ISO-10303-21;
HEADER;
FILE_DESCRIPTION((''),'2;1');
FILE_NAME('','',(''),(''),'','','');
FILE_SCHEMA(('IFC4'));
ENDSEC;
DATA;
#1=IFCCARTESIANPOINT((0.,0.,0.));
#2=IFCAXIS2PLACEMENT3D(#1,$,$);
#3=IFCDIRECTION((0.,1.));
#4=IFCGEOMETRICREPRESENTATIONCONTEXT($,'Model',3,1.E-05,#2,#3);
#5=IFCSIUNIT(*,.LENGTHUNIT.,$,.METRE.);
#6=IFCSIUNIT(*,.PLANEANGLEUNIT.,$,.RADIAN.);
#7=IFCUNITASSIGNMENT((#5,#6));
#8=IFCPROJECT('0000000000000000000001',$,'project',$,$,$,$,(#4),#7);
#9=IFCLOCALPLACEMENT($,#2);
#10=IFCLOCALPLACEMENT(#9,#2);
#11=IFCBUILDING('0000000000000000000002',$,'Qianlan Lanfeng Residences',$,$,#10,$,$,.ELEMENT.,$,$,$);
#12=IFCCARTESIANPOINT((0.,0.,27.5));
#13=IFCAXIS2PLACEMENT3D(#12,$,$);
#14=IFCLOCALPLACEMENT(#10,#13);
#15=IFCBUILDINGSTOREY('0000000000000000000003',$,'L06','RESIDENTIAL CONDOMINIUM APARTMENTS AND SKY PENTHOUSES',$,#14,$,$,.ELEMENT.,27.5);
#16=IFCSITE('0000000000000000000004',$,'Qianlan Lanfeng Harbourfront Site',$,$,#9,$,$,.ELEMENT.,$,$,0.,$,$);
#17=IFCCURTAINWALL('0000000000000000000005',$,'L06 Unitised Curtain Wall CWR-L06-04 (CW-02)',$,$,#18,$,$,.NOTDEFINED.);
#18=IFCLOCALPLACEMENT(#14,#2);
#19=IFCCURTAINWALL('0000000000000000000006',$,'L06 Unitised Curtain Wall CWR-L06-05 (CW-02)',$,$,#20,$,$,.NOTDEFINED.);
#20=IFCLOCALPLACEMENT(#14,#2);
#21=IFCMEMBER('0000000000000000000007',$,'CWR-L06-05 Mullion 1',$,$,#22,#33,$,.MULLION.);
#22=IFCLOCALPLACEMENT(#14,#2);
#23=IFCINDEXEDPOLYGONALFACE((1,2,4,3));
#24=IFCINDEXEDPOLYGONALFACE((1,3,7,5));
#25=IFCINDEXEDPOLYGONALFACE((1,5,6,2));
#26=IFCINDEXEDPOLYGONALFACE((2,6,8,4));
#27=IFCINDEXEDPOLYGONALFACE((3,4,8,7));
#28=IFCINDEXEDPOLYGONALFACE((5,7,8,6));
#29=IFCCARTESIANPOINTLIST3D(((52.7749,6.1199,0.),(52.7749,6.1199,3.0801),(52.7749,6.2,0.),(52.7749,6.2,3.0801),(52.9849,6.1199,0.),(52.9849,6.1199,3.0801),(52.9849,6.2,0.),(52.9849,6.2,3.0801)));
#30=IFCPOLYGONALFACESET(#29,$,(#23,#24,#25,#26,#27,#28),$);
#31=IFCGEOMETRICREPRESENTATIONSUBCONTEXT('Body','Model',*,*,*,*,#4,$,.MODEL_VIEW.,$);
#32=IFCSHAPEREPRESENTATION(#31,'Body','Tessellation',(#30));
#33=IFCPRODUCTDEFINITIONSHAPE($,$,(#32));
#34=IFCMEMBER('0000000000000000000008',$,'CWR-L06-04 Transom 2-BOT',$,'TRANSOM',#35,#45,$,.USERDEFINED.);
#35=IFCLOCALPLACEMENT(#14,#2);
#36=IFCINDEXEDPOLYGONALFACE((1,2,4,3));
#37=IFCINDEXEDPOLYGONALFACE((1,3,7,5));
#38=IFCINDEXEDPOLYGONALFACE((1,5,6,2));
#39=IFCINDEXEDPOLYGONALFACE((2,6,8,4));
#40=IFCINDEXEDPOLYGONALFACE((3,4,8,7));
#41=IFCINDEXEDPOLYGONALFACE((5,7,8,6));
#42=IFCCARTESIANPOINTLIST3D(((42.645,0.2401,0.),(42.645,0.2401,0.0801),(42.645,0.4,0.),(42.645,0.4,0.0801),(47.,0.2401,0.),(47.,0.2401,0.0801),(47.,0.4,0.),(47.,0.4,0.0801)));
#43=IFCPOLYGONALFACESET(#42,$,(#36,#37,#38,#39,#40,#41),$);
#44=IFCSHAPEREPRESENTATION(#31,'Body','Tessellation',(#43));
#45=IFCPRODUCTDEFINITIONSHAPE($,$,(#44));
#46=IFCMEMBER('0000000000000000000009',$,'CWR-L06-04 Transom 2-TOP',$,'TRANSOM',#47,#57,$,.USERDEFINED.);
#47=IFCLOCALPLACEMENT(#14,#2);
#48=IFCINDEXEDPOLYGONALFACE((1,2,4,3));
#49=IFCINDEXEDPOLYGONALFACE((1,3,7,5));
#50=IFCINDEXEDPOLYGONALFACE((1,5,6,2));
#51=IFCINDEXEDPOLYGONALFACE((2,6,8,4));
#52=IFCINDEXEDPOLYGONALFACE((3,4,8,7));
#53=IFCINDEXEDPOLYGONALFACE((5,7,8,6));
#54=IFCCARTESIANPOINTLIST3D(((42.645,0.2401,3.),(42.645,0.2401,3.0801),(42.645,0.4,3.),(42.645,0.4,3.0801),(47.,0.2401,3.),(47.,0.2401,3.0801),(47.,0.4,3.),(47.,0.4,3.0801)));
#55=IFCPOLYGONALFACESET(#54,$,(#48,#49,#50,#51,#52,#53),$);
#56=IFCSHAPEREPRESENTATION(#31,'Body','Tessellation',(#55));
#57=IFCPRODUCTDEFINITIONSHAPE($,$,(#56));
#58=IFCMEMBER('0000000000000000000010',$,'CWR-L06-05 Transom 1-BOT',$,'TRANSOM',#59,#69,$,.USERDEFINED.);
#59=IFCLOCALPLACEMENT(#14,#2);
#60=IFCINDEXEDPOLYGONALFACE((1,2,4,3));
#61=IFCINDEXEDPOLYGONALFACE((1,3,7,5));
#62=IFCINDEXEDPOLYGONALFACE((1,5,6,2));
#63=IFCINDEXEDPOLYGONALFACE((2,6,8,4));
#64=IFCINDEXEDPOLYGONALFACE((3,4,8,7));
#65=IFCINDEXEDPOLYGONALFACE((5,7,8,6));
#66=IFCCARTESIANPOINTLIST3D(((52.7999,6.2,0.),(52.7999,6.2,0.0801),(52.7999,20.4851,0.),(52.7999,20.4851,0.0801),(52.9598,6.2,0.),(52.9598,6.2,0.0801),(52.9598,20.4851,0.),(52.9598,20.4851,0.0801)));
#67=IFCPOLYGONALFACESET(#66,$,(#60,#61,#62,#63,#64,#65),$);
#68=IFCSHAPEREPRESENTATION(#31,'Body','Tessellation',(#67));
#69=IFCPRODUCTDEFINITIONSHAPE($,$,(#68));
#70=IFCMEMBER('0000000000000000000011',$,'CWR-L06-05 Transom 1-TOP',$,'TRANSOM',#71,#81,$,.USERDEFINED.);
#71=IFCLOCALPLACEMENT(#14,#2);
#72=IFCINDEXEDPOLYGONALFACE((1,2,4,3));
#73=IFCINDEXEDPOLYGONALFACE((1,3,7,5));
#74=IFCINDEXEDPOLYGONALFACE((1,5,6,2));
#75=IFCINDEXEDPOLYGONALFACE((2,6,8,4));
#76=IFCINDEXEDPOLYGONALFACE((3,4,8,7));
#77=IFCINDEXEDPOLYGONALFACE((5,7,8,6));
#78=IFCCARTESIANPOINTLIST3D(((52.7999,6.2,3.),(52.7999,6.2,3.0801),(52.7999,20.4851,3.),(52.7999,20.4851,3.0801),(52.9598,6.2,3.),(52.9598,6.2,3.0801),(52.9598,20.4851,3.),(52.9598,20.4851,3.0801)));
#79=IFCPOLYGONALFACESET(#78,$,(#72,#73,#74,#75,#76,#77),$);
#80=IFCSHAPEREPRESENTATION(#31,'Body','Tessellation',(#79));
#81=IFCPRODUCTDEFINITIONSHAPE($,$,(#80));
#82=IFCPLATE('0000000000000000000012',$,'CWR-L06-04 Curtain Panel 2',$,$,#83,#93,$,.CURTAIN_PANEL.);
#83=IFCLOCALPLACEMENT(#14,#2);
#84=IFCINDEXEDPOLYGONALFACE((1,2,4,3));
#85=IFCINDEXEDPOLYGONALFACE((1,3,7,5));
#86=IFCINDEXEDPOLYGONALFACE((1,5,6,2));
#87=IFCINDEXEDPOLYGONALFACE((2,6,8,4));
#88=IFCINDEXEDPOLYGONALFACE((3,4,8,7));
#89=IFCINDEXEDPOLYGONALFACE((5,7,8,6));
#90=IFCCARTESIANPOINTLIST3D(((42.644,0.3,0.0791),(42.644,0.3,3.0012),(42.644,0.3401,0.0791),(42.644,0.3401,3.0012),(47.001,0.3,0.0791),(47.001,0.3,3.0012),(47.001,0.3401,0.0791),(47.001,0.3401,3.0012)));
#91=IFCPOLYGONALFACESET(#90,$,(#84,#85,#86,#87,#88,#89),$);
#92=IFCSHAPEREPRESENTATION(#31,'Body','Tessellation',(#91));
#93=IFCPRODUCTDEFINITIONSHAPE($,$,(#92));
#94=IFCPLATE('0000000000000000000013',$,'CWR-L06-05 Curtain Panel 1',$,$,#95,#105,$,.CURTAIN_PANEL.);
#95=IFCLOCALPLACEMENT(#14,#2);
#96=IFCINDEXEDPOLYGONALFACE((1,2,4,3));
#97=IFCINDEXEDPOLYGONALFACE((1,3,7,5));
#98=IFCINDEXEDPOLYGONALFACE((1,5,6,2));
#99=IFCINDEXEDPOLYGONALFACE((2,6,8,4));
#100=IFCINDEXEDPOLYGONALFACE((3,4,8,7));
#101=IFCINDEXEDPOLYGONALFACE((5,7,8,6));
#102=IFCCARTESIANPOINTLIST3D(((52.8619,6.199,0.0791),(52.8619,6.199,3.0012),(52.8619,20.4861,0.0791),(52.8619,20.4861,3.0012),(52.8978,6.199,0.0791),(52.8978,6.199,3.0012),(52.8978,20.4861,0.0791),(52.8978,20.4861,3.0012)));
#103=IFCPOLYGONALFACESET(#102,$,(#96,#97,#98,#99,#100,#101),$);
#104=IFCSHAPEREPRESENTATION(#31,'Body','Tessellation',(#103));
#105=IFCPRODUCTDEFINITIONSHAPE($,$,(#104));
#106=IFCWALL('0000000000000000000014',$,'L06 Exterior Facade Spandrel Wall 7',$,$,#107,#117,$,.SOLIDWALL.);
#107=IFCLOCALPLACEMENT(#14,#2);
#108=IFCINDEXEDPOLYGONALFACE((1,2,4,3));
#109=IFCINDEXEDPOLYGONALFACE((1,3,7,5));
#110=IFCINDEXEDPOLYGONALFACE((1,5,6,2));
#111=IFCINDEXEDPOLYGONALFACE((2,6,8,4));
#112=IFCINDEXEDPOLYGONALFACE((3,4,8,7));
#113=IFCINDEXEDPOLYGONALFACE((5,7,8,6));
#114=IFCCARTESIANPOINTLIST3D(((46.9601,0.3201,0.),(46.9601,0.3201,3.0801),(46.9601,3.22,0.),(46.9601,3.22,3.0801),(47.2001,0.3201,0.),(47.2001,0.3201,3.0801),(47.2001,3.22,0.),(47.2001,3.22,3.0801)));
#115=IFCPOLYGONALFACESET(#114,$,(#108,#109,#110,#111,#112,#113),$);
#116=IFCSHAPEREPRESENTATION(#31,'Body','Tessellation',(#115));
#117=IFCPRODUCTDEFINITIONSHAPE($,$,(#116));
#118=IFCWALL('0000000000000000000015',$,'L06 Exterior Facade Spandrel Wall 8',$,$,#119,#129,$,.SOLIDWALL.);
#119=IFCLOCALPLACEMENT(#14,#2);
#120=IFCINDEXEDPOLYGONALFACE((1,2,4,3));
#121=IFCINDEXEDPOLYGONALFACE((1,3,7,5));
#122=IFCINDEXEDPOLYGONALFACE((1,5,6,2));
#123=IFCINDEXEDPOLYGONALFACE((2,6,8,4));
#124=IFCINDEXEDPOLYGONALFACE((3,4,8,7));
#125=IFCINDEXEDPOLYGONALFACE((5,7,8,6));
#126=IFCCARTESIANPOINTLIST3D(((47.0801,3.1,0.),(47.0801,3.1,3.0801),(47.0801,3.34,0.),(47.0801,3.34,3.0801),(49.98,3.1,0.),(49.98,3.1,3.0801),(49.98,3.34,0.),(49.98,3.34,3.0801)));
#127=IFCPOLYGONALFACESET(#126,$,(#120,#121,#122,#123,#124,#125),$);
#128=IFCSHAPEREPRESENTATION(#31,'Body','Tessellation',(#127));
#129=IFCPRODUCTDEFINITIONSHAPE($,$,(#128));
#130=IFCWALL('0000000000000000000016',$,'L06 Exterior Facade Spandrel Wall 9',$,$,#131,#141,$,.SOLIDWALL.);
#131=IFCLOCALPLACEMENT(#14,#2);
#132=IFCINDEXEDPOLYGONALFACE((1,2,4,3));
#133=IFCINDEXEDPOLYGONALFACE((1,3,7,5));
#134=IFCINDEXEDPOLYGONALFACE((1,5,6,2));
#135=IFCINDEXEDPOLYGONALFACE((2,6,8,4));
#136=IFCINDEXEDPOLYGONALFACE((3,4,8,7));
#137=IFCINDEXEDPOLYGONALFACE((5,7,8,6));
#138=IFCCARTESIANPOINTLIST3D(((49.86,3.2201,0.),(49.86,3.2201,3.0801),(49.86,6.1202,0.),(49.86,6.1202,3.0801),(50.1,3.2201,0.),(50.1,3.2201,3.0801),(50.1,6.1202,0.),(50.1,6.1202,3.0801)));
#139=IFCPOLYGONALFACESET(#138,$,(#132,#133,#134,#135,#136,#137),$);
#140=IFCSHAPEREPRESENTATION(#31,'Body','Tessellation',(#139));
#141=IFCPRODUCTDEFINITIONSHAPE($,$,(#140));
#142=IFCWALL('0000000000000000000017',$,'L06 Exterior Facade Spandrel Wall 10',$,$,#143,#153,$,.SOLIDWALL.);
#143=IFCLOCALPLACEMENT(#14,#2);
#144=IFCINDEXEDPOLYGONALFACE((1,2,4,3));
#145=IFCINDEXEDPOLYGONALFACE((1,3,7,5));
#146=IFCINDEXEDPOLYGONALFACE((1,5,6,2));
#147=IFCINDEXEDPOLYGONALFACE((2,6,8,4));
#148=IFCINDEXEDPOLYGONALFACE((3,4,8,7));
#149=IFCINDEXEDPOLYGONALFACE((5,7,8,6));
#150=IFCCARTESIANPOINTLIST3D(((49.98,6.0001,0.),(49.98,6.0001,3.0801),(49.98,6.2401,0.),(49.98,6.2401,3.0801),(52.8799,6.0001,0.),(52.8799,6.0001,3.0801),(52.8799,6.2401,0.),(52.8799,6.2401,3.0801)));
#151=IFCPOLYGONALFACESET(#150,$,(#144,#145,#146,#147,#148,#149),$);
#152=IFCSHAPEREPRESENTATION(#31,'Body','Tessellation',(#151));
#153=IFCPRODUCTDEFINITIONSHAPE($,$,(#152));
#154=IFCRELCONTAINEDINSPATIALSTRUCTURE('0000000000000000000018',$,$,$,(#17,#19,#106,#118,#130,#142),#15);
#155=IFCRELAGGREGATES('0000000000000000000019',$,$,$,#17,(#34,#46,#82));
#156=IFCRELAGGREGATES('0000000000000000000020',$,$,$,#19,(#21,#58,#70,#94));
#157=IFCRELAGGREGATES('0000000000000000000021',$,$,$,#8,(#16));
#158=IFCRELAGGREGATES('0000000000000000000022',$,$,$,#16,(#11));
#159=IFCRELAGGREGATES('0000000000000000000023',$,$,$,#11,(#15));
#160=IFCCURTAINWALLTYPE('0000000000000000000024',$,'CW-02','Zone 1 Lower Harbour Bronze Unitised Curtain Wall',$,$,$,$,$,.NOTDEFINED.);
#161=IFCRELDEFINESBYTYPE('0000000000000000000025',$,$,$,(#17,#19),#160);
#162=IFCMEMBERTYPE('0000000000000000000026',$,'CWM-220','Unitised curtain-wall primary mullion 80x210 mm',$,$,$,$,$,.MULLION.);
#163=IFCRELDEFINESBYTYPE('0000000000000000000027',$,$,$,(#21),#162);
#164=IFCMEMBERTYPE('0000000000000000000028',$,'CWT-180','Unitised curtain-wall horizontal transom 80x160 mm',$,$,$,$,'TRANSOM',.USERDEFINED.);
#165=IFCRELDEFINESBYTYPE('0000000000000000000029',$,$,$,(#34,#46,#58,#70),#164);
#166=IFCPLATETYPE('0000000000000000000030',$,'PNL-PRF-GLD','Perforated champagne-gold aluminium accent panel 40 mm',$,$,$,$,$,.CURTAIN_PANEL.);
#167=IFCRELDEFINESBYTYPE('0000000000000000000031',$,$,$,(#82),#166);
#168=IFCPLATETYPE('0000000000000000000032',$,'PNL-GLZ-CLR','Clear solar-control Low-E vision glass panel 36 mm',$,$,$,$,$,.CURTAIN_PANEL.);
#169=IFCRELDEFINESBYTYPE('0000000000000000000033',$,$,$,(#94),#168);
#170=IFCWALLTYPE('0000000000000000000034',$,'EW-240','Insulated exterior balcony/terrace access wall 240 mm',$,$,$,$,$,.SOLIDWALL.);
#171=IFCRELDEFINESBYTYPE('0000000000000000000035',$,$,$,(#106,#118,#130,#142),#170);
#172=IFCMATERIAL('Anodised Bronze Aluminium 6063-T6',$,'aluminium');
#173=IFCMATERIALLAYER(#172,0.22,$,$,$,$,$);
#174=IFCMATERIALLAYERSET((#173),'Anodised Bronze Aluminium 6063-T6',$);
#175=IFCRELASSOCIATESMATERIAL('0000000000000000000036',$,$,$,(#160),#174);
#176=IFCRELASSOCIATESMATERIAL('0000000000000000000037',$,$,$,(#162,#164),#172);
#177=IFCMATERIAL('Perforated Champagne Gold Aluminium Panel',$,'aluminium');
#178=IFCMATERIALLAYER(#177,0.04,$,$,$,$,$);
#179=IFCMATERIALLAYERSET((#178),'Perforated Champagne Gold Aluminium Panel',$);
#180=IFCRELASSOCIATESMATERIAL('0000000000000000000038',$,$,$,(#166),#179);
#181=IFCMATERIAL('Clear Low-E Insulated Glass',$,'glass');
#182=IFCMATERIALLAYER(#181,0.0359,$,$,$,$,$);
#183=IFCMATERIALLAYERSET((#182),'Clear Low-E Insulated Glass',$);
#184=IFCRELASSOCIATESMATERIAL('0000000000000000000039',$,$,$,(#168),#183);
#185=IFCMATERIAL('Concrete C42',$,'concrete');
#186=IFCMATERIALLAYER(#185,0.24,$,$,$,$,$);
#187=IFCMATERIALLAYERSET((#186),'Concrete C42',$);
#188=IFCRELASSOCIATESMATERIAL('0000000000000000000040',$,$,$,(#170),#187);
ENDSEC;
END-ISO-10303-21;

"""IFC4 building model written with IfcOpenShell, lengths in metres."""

from ifc_helpers import new_model, si_unit, direction, frame, frame_2d, origin, origin_2d, place, context, subcontext, project, spatial, rectangle, extrude, source, transform, mapped, material, layer, layer_set, material_profile, profile_set, type_object, element, aggregate, save


model = new_model("IFC4")

# Units and contexts
model_context = context("Model", 3, precision=1e-05, world=origin(), true_north=direction((0.0, 1.0)))
body_context = subcontext(model_context, "Body", "Model", "MODEL_VIEW")
ifc_project = project(units=[si_unit("LENGTHUNIT", "METRE"), si_unit("PLANEANGLEUNIT", "RADIAN")], contexts=[model_context])

# Site, building, storey
site_placement = place(None, origin())
site = spatial("IfcSite", under=ifc_project, at=site_placement, Name="Qianlan Lanfeng Harbourfront Site", CompositionType="ELEMENT", RefElevation=0.0)
building_placement = place(site_placement, origin())
building = spatial("IfcBuilding", under=site, at=building_placement, Name="Qianlan Lanfeng Residences", CompositionType="ELEMENT")
storey_placement = place(building_placement, frame((0.0, 0.0, 27.5)))
storey = spatial("IfcBuildingStorey", under=building, at=storey_placement, Name="L06", Description="RESIDENTIAL CONDOMINIUM APARTMENTS AND SKY PENTHOUSES", CompositionType="ELEMENT", Elevation=27.5)

# Curtain wall
ifc_material_1 = material(Name="Anodised Bronze Aluminium 6063-T6", Category="aluminium")
ifc_layer_1 = layer(ifc_material_1, 0.22)
ifc_layer_set_1 = layer_set([ifc_layer_1], Name="Anodised Bronze Aluminium 6063-T6")
curtain_wall_type = type_object("IfcCurtainWallType", Name="CW-02", Description="Zone 1 Lower Harbour Bronze Unitised Curtain Wall", PredefinedType="NOTDEFINED", material=ifc_layer_set_1)
curtain_wall_1_placement = place(storey_placement, origin())
curtain_wall_1 = element("IfcCurtainWall", 1, at=curtain_wall_1_placement, inside=storey, type_object=curtain_wall_type, Name="L06 Unitised Curtain Wall CWR-L06-04 (CW-02)", PredefinedType="NOTDEFINED")
ifc_material_profile_1 = material_profile(ifc_material_1, rectangle(XDim=0.0801, YDim=0.21, at=origin_2d()), Name="ALU MULLION 80x210")
ifc_profile_set_1 = profile_set([ifc_material_profile_1], Name="Anodised Bronze Aluminium 6063-T6")
member_type_1 = type_object("IfcMemberType", Name="CWM-220", Description="Unitised curtain-wall primary mullion 80x210 mm", PredefinedType="MULLION", material=ifc_profile_set_1)
shared_shape_1 = source(origin(), body_context, "Body", "SweptSolid", [
    extrude(rectangle(XDim=0.0801, YDim=0.21, at=origin_2d()), origin(), (0.0, 0.0, 1.0), 3.0801),
])

# Curtain wall, member
curtain_wall_2_placement = place(storey_placement, origin())
curtain_wall_2 = element("IfcCurtainWall", 2, at=curtain_wall_2_placement, inside=storey, type_object=curtain_wall_type, Name="L06 Unitised Curtain Wall CWR-L06-05 (CW-02)", PredefinedType="NOTDEFINED")
member_1_placement = place(storey_placement, frame((52.8799, 6.1599, 0.0), z_axis=(0.0, 0.0, 1.0), x_axis=(0.0, 1.0, 0.0)))
member_1 = element("IfcMember", 3, at=member_1_placement, type_object=member_type_1, Name="CWR-L06-05 Mullion 1", PredefinedType="MULLION", context=body_context, shape_type="MappedRepresentation", body=[
    mapped(shared_shape_1, transform((0.0, 0.0, 0.0), scale=1.0)),
])

# Members
ifc_material_profile_2 = material_profile(ifc_material_1, rectangle(XDim=0.0801, YDim=0.1599, at=origin_2d()), Name="ALU TRANSOM 80x160")
ifc_profile_set_2 = profile_set([ifc_material_profile_2], Name="Anodised Bronze Aluminium 6063-T6")
member_type_2 = type_object("IfcMemberType", Name="CWT-180", Description="Unitised curtain-wall horizontal transom 80x160 mm", ElementType="TRANSOM", PredefinedType="USERDEFINED", material=ifc_profile_set_2)
shared_shape_2 = source(origin(), body_context, "Body", "SweptSolid", [
    extrude(rectangle(XDim=0.0801, YDim=0.1599, at=origin_2d()), origin(), (0.0, 0.0, 1.0), 4.355),
])
member_2_placement = place(storey_placement, frame((42.645, 0.3201, 0.04), z_axis=(1.0, 0.0, 0.0), x_axis=(0.0, 0.0, 1.0)))
member_2 = element("IfcMember", 4, at=member_2_placement, type_object=member_type_2, Name="CWR-L06-04 Transom 2-BOT", ObjectType="TRANSOM", PredefinedType="USERDEFINED", context=body_context, shape_type="MappedRepresentation", body=[
    mapped(shared_shape_2, transform((0.0, 0.0, 0.0), scale=1.0)),
])
member_3_placement = place(storey_placement, frame((42.645, 0.3201, 3.04), z_axis=(1.0, 0.0, 0.0), x_axis=(0.0, 0.0, 1.0)))
member_3 = element("IfcMember", 5, at=member_3_placement, type_object=member_type_2, Name="CWR-L06-04 Transom 2-TOP", ObjectType="TRANSOM", PredefinedType="USERDEFINED", context=body_context, shape_type="MappedRepresentation", body=[
    mapped(shared_shape_2, transform((0.0, 0.0, 0.0), scale=1.0)),
])
shared_shape_3 = source(origin(), body_context, "Body", "SweptSolid", [
    extrude(rectangle(XDim=0.0801, YDim=0.1599, at=origin_2d()), origin(), (0.0, 0.0, 1.0), 14.2852),
])
member_4_placement = place(storey_placement, frame((52.8799, 6.2, 0.04), z_axis=(0.0, 1.0, 0.0), x_axis=(0.0, 0.0, 1.0)))
member_4 = element("IfcMember", 6, at=member_4_placement, type_object=member_type_2, Name="CWR-L06-05 Transom 1-BOT", ObjectType="TRANSOM", PredefinedType="USERDEFINED", context=body_context, shape_type="MappedRepresentation", body=[
    mapped(shared_shape_3, transform((0.0, 0.0, 0.0), scale=1.0)),
])
member_5_placement = place(storey_placement, frame((52.8799, 6.2, 3.04), z_axis=(0.0, 1.0, 0.0), x_axis=(0.0, 0.0, 1.0)))
member_5 = element("IfcMember", 7, at=member_5_placement, type_object=member_type_2, Name="CWR-L06-05 Transom 1-TOP", ObjectType="TRANSOM", PredefinedType="USERDEFINED", context=body_context, shape_type="MappedRepresentation", body=[
    mapped(shared_shape_3, transform((0.0, 0.0, 0.0), scale=1.0)),
])

# Plates
ifc_material_2 = material(Name="Perforated Champagne Gold Aluminium Panel", Category="aluminium")
ifc_layer_2 = layer(ifc_material_2, 0.04)
ifc_layer_set_2 = layer_set([ifc_layer_2], Name="Perforated Champagne Gold Aluminium Panel")
plate_type_1 = type_object("IfcPlateType", Name="PNL-PRF-GLD", Description="Perforated champagne-gold aluminium accent panel 40 mm", PredefinedType="CURTAIN_PANEL", material=ifc_layer_set_2)
shared_shape_4 = source(origin(), body_context, "Body", "SweptSolid", [
    extrude(rectangle(XDim=4.3569, YDim=0.04, at=origin_2d()), origin(), (0.0, 0.0, 1.0), 2.9221),
])
plate_1_placement = place(storey_placement, frame((44.8225, 0.3201, 0.0791), z_axis=(0.0, 0.0, 1.0), x_axis=(1.0, 0.0, 0.0)))
plate_1 = element("IfcPlate", 8, at=plate_1_placement, type_object=plate_type_1, Name="CWR-L06-04 Curtain Panel 2", PredefinedType="CURTAIN_PANEL", context=body_context, shape_type="MappedRepresentation", body=[
    mapped(shared_shape_4, transform((0.0, 0.0, 0.0), scale=1.0)),
])
aggregate(curtain_wall_1, [member_2, member_3, plate_1])
ifc_material_3 = material(Name="Clear Low-E Insulated Glass", Category="glass")
ifc_layer_3 = layer(ifc_material_3, 0.0359)
ifc_layer_set_3 = layer_set([ifc_layer_3], Name="Clear Low-E Insulated Glass")
plate_type_2 = type_object("IfcPlateType", Name="PNL-GLZ-CLR", Description="Clear solar-control Low-E vision glass panel 36 mm", PredefinedType="CURTAIN_PANEL", material=ifc_layer_set_3)
shared_shape_5 = source(origin(), body_context, "Body", "SweptSolid", [
    extrude(rectangle(XDim=14.2871, YDim=0.0359, at=origin_2d()), origin(), (0.0, 0.0, 1.0), 2.9221),
])
plate_2_placement = place(storey_placement, frame((52.8799, 13.3425, 0.0791), z_axis=(0.0, 0.0, 1.0), x_axis=(0.0, 1.0, 0.0)))
plate_2 = element("IfcPlate", 9, at=plate_2_placement, type_object=plate_type_2, Name="CWR-L06-05 Curtain Panel 1", PredefinedType="CURTAIN_PANEL", context=body_context, shape_type="MappedRepresentation", body=[
    mapped(shared_shape_5, transform((0.0, 0.0, 0.0), scale=1.0)),
])
aggregate(curtain_wall_2, [member_1, member_4, member_5, plate_2])

# Walls
ifc_material_4 = material(Name="Concrete C42", Category="concrete")
ifc_layer_4 = layer(ifc_material_4, 0.24)
ifc_layer_set_4 = layer_set([ifc_layer_4], Name="Concrete C42")
wall_type = type_object("IfcWallType", Name="EW-240", Description="Insulated exterior balcony/terrace access wall 240 mm", PredefinedType="SOLIDWALL", material=ifc_layer_set_4)
for number, where, z_axis, x_axis, name in (
    (10, (47.0801, 0.3201, 0.0), (0.0, 0.0, 1.0), (0.0, 1.0, 0.0), "L06 Exterior Facade Spandrel Wall 7"),
    (11, (47.0801, 3.22, 0.0), (0.0, 0.0, 1.0), (1.0, 0.0, 0.0), "L06 Exterior Facade Spandrel Wall 8"),
):
    element("IfcWall", number, at=place(storey_placement, frame(where, z_axis=z_axis, x_axis=x_axis)), inside=storey, type_object=wall_type, Name=name, PredefinedType="SOLIDWALL", context=body_context, shape_type="SweptSolid", body=[
        extrude(rectangle(XDim=2.8999, YDim=0.24, at=frame_2d((1.45, 0.0))), origin(), (0.0, 0.0, 1.0), 3.0801),
    ])
wall_1_placement = place(storey_placement, frame((49.98, 3.22, 0.0), z_axis=(0.0, 0.0, 1.0), x_axis=(0.0, 1.0, 0.0)))
element("IfcWall", 12, at=wall_1_placement, inside=storey, type_object=wall_type, Name="L06 Exterior Facade Spandrel Wall 9", PredefinedType="SOLIDWALL", context=body_context, shape_type="SweptSolid", body=[
    extrude(rectangle(XDim=2.9001, YDim=0.24, at=frame_2d((1.4502, 0.0))), origin(), (0.0, 0.0, 1.0), 3.0801),
])
wall_2_placement = place(storey_placement, frame((49.98, 6.1201, 0.0), z_axis=(0.0, 0.0, 1.0), x_axis=(1.0, 0.0, 0.0)))
element("IfcWall", 13, at=wall_2_placement, inside=storey, type_object=wall_type, Name="L06 Exterior Facade Spandrel Wall 10", PredefinedType="SOLIDWALL", context=body_context, shape_type="SweptSolid", body=[
    extrude(rectangle(XDim=2.8999, YDim=0.24, at=frame_2d((1.45, 0.0))), origin(), (0.0, 0.0, 1.0), 3.0801),
])

save(model, "model.ifc")
